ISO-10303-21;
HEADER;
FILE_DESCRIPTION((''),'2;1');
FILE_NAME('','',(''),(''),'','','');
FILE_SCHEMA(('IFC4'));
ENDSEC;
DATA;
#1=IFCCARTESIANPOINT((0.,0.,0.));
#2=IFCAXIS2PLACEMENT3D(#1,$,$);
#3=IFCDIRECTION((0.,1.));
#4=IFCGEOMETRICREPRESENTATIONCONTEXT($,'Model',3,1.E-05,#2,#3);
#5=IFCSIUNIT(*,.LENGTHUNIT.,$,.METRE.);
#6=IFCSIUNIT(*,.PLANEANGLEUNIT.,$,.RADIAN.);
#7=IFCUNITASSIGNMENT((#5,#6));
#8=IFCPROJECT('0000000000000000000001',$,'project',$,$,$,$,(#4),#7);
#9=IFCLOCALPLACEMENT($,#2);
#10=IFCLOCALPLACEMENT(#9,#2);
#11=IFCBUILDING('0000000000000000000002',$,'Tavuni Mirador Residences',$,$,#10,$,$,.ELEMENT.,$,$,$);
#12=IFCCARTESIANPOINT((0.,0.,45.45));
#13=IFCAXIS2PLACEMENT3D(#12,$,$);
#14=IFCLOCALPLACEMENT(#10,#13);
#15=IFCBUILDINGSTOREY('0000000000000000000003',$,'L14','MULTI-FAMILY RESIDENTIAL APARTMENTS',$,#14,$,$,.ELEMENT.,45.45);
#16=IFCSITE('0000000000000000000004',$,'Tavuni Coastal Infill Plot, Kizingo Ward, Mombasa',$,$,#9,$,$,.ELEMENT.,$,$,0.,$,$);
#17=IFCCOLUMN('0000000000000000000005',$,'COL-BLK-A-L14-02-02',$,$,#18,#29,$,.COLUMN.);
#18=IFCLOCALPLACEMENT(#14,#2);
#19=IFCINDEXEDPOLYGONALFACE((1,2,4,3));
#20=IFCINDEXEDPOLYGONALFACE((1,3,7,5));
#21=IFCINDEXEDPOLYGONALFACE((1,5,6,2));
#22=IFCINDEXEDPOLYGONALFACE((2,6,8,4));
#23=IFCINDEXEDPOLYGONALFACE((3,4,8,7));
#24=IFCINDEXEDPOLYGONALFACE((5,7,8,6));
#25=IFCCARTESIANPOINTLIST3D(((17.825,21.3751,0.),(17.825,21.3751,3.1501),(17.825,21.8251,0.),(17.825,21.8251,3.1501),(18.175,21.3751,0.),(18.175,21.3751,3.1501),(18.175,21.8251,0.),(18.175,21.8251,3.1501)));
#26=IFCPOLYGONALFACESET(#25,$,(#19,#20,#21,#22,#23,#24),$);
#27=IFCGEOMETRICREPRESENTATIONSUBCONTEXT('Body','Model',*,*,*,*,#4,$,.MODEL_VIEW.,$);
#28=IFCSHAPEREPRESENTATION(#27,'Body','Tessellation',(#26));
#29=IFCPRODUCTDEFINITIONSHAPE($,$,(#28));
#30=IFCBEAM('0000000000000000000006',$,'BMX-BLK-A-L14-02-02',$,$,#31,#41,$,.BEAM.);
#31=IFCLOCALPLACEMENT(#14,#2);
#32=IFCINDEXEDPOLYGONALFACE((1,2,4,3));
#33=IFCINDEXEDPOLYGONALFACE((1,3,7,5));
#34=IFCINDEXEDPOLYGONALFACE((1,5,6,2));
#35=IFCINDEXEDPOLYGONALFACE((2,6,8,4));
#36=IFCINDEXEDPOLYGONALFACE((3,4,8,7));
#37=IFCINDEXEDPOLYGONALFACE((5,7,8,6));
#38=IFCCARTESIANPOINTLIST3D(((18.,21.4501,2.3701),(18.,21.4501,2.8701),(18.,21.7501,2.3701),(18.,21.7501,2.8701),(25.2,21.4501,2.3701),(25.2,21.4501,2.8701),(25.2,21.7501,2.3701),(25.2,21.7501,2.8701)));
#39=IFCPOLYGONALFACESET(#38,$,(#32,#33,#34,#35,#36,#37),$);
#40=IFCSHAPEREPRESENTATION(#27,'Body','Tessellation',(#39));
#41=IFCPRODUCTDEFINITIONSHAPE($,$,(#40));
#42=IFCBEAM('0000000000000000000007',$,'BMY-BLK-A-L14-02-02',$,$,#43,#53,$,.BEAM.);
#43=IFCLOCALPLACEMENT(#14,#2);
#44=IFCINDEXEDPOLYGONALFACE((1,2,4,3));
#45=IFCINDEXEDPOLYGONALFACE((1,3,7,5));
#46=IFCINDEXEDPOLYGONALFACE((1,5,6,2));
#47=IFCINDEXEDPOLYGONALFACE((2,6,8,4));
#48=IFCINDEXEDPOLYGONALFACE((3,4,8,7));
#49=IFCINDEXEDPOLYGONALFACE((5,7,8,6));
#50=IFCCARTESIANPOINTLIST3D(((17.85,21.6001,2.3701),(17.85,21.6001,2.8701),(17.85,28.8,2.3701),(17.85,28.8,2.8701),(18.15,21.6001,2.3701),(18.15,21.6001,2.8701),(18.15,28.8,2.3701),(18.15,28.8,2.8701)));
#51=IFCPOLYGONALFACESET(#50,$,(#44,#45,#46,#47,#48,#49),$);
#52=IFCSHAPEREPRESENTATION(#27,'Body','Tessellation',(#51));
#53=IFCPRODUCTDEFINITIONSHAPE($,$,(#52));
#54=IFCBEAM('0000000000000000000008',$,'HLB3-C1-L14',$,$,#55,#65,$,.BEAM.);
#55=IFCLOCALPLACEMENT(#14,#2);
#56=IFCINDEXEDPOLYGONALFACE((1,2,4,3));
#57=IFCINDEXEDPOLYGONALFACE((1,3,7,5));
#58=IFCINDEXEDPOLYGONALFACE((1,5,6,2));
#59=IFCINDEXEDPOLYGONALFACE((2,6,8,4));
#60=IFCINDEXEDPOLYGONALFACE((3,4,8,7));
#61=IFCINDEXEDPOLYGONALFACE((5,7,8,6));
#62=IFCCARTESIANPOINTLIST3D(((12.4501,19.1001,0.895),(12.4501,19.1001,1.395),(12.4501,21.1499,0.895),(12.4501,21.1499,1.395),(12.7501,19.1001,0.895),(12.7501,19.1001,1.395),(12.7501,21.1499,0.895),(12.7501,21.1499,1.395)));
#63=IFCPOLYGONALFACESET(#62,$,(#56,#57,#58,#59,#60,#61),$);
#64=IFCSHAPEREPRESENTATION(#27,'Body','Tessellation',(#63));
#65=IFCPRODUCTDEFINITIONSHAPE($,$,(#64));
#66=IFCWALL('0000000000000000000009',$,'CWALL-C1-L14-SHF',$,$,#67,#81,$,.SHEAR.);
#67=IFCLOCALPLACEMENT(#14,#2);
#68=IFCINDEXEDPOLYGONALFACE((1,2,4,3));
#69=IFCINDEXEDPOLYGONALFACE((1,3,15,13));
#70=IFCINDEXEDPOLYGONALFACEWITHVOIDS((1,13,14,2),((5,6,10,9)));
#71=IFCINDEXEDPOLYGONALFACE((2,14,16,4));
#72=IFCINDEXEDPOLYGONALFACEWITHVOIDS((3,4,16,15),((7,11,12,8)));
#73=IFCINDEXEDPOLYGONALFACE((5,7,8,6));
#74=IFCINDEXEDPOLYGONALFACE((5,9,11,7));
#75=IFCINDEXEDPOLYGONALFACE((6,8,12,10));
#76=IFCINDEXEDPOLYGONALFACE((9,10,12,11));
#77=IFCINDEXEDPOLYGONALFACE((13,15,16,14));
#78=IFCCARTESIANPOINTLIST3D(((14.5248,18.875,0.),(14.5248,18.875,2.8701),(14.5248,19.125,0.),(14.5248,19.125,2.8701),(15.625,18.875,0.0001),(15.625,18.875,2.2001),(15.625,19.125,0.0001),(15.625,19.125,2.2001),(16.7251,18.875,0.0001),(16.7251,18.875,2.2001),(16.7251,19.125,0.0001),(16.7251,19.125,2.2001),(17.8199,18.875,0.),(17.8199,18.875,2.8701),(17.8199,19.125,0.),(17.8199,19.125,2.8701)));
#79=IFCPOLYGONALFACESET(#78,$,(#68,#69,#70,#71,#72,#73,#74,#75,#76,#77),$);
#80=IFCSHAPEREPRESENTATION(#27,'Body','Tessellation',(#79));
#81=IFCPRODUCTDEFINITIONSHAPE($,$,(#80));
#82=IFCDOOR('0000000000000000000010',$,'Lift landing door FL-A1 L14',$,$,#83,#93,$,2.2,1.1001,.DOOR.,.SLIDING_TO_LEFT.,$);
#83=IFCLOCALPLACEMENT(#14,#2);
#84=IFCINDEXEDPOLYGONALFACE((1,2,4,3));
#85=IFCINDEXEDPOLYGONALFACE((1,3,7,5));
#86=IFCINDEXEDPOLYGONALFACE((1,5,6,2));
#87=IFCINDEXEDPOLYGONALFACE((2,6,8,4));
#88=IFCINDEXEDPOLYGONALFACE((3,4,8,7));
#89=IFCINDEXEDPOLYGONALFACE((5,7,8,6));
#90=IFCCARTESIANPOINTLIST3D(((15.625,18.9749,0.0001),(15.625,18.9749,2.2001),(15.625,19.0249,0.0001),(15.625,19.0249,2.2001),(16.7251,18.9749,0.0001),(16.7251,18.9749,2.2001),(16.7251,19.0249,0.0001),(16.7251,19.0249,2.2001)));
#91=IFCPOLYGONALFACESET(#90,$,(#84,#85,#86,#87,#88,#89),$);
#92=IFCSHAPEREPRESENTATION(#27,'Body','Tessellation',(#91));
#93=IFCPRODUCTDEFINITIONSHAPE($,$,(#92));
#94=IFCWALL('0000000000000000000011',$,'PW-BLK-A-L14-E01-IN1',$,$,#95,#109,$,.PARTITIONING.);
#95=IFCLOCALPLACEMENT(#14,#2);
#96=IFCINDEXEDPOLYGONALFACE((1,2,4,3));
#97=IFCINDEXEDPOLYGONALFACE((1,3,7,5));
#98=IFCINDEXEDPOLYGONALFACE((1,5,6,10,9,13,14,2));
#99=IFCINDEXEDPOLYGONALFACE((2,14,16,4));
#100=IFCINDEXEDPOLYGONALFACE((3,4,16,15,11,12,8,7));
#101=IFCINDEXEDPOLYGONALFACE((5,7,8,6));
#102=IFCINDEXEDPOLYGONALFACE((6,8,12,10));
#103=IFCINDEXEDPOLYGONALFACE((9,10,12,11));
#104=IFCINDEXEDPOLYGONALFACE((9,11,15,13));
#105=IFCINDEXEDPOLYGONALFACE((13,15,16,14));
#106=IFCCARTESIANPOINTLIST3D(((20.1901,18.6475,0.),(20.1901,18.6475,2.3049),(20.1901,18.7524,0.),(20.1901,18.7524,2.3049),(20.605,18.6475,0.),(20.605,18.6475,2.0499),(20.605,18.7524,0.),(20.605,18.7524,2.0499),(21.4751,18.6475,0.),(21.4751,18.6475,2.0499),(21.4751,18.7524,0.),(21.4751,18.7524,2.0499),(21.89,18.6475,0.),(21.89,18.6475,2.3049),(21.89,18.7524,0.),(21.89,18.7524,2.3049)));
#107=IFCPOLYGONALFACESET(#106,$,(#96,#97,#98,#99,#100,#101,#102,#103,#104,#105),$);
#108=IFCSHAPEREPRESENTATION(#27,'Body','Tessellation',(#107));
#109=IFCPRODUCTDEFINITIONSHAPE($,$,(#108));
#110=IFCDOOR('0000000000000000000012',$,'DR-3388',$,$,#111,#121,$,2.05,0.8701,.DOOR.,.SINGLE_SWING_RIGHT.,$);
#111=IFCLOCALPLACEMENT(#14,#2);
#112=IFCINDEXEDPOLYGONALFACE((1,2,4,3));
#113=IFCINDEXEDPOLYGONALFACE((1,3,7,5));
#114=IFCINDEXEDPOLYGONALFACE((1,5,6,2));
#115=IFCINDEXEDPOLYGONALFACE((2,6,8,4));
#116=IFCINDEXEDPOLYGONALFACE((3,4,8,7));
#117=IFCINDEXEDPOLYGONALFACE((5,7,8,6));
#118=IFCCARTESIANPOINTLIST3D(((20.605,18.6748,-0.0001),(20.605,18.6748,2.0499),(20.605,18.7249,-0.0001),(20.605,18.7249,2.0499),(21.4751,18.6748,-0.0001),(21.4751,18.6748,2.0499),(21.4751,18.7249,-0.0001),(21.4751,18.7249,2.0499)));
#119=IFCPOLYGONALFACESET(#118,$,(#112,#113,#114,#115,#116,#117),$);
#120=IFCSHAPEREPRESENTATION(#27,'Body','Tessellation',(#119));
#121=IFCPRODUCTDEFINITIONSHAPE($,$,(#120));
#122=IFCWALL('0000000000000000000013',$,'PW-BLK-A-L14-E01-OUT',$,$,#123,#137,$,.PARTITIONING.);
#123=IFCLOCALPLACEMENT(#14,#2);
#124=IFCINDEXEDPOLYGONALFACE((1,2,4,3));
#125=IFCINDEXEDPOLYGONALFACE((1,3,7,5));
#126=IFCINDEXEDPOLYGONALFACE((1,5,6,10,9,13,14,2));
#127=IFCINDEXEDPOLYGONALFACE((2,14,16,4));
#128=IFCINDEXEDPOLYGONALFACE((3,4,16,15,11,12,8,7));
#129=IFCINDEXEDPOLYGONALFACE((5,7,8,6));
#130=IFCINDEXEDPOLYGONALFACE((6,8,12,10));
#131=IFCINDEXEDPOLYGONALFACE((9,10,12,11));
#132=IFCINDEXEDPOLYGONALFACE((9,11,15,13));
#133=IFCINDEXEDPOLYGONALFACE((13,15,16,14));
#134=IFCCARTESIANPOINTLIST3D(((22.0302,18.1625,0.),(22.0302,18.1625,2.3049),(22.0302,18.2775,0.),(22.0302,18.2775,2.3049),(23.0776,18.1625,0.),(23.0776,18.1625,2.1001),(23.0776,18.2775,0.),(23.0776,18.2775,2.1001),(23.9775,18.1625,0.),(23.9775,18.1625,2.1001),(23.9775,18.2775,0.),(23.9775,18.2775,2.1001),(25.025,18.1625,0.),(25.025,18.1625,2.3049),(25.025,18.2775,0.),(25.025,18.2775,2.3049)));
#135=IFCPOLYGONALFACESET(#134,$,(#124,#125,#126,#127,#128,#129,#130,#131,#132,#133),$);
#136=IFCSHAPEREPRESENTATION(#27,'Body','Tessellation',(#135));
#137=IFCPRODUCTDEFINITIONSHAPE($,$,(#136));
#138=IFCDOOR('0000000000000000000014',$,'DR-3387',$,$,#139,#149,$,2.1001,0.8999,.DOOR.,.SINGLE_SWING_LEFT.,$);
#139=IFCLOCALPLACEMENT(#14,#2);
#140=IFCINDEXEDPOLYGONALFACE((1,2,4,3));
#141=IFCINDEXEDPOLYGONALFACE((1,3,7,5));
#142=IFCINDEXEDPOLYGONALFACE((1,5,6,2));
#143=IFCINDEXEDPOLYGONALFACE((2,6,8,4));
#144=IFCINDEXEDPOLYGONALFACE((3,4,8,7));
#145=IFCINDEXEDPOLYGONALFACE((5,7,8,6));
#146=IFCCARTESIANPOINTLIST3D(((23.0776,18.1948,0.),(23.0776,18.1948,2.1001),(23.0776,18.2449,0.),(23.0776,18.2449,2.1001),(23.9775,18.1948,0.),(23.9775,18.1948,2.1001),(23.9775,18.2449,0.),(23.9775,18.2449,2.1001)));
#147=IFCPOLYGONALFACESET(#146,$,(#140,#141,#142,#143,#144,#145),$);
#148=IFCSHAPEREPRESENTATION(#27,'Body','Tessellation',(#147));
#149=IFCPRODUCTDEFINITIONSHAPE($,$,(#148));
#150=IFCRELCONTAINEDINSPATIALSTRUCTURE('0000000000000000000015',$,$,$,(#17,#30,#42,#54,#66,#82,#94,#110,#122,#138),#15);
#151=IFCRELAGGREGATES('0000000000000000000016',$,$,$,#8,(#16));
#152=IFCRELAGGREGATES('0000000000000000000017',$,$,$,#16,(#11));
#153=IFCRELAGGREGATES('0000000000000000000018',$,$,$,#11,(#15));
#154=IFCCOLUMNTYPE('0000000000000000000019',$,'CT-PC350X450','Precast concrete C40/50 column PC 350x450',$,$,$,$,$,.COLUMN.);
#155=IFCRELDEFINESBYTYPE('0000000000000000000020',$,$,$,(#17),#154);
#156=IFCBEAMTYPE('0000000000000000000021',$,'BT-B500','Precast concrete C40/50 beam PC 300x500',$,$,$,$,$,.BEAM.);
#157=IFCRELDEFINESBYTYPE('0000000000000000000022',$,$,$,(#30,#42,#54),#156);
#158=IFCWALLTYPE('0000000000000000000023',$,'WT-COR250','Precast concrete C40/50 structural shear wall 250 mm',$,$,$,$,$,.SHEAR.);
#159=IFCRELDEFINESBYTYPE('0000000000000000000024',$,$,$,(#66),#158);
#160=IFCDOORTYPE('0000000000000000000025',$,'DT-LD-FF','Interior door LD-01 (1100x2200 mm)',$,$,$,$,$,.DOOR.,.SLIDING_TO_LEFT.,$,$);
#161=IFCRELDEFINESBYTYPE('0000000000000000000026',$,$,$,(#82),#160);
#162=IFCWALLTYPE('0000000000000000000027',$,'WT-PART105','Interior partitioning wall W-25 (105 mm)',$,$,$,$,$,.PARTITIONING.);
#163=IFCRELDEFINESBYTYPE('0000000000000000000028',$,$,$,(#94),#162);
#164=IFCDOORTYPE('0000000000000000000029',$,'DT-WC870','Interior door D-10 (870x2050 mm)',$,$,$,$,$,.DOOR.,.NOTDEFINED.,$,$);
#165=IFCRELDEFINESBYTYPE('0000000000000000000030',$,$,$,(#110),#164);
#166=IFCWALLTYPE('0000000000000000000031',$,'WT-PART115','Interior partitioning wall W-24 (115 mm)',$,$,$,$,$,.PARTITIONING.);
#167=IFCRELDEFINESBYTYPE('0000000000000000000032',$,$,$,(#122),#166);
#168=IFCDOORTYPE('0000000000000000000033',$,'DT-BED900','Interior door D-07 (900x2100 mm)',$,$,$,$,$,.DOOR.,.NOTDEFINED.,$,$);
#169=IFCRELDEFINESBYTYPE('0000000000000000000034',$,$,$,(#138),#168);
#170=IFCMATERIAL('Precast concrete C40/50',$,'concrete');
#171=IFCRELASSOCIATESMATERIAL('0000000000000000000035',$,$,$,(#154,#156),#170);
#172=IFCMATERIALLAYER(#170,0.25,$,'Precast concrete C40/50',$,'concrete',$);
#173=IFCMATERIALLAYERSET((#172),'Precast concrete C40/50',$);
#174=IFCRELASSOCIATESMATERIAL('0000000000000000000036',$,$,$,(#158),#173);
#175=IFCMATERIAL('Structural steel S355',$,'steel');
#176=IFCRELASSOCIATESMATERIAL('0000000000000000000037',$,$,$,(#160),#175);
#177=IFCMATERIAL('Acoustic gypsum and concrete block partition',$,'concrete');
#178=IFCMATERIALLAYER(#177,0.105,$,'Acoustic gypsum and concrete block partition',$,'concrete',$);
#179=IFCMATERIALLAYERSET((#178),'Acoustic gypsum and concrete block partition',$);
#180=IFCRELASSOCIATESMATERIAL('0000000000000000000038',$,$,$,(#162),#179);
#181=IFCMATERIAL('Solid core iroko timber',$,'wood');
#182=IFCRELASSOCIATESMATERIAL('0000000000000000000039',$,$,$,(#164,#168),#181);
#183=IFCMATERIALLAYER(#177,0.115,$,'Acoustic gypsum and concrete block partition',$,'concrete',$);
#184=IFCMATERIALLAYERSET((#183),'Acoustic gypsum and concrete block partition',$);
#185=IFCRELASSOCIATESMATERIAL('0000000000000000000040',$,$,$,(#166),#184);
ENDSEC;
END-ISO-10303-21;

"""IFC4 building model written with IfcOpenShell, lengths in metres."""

from ifc_helpers import new_model, si_unit, direction, frame, frame_2d, origin, origin_2d, place, context, subcontext, project, spatial, rectangle, extrude, material, layer, layer_set, material_profile, profile_set, type_object, element, fill, save


model = new_model("IFC4")

# Units and contexts
model_context = context("Model", 3, precision=1e-05, world=origin(), true_north=direction((0.0, 1.0)))
body_context = subcontext(model_context, "Body", "Model", "MODEL_VIEW")
ifc_project = project(units=[si_unit("LENGTHUNIT", "METRE"), si_unit("PLANEANGLEUNIT", "RADIAN")], contexts=[model_context])

# Site, building, storey
site_placement = place(None, origin())
site = spatial("IfcSite", under=ifc_project, at=site_placement, Name="Tavuni Coastal Infill Plot, Kizingo Ward, Mombasa", CompositionType="ELEMENT", RefElevation=0.0)
building_placement = place(site_placement, origin())
building = spatial("IfcBuilding", under=site, at=building_placement, Name="Tavuni Mirador Residences", CompositionType="ELEMENT")
storey_placement = place(building_placement, frame((0.0, 0.0, 45.45)))
storey = spatial("IfcBuildingStorey", under=building, at=storey_placement, Name="L14", Description="MULTI-FAMILY RESIDENTIAL APARTMENTS", CompositionType="ELEMENT", Elevation=45.45)

# Column
ifc_material_1 = material(Name="Precast concrete C40/50", Category="concrete")
ifc_material_profile_1 = material_profile(ifc_material_1, rectangle(XDim=0.3501, YDim=0.45, at=origin_2d()), Name="PC 350x450", Category="concrete")
ifc_profile_set_1 = profile_set([ifc_material_profile_1], Name="Precast concrete C40/50")
column_type = type_object("IfcColumnType", Name="CT-PC350X450", Description="Precast concrete C40/50 column PC 350x450", PredefinedType="COLUMN", material=ifc_profile_set_1)
column_placement = place(storey_placement, frame((18.0, 21.6001, 0.0), z_axis=(0.0, 0.0, 1.0), x_axis=(1.0, 0.0, 0.0)))
element("IfcColumn", 1, at=column_placement, inside=storey, type_object=column_type, Name="COL-BLK-A-L14-02-02", PredefinedType="COLUMN", context=body_context, shape_type="SweptSolid", body=[
    extrude(rectangle(XDim=0.3501, YDim=0.45, at=origin_2d()), origin(), (0.0, 0.0, 1.0), 3.1501),
])

# Beams
ifc_material_profile_2 = material_profile(ifc_material_1, rectangle(XDim=0.3, YDim=0.5, at=origin_2d()), Name="PC 300x500", Category="concrete")
ifc_profile_set_2 = profile_set([ifc_material_profile_2], Name="Precast concrete C40/50")
beam_type = type_object("IfcBeamType", Name="BT-B500", Description="Precast concrete C40/50 beam PC 300x500", PredefinedType="BEAM", material=ifc_profile_set_2)
for number, where, z_axis, x_axis, name in (
    (2, (18.0, 21.6001, 2.6201), (1.0, 0.0, 0.0), (0.0, 1.0, 0.0), "BMX-BLK-A-L14-02-02"),
    (3, (18.0, 21.6001, 2.6201), (0.0, 1.0, 0.0), (-1.0, 0.0, 0.0), "BMY-BLK-A-L14-02-02"),
):
    element("IfcBeam", number, at=place(storey_placement, frame(where, z_axis=z_axis, x_axis=x_axis)), inside=storey, type_object=beam_type, Name=name, PredefinedType="BEAM", context=body_context, shape_type="SweptSolid", body=[
        extrude(rectangle(XDim=0.3, YDim=0.5, at=origin_2d()), origin(), (0.0, 0.0, 1.0), 7.2),
    ])
beam_placement = place(storey_placement, frame((12.6001, 19.1001, 1.145), z_axis=(0.0, 1.0, 0.0), x_axis=(-1.0, 0.0, 0.0)))
element("IfcBeam", 4, at=beam_placement, inside=storey, type_object=beam_type, Name="HLB3-C1-L14", PredefinedType="BEAM", context=body_context, shape_type="SweptSolid", body=[
    extrude(rectangle(XDim=0.3, YDim=0.5, at=origin_2d()), origin(), (0.0, 0.0, 1.0), 2.0498),
])

# Walls, openings, doors
ifc_layer_1 = layer(ifc_material_1, 0.25, Name="Precast concrete C40/50", Category="concrete")
ifc_layer_set_1 = layer_set([ifc_layer_1], Name="Precast concrete C40/50")
wall_type_1 = type_object("IfcWallType", Name="WT-COR250", Description="Precast concrete C40/50 structural shear wall 250 mm", PredefinedType="SHEAR", material=ifc_layer_set_1)
ifc_material_2 = material(Name="Solid core iroko timber", Category="wood")
wall_1_placement = place(storey_placement, frame((14.5249, 19.0, 0.0), z_axis=(0.0, 0.0, 1.0), x_axis=(1.0, 0.0, 0.0)))
wall_1 = element("IfcWall", 5, at=wall_1_placement, inside=storey, type_object=wall_type_1, Name="CWALL-C1-L14-SHF", PredefinedType="SHEAR", context=body_context, shape_type="SweptSolid", body=[
    extrude(rectangle(XDim=3.2952, YDim=0.25, at=frame_2d((1.6475, 0.0))), origin(), (0.0, 0.0, 1.0), 2.8701),
])
opening_1_placement = place(wall_1_placement, frame((1.1001, 0.0, 0.0)))
opening_1 = element("IfcOpeningElement", 6, at=opening_1_placement, cuts=wall_1, PredefinedType="OPENING", context=body_context, shape_type="SweptSolid", body=[
    extrude(rectangle(XDim=1.1001, YDim=2.2, at=frame_2d((0.55, 1.1001))), frame((0.0, 0.135, 0.0), z_axis=(0.0, -1.0, 0.0), x_axis=(1.0, 0.0, 0.0)), (0.0, 0.0, 1.0), 0.27),
])
ifc_material_3 = material(Name="Structural steel S355", Category="steel")
door_type_1 = type_object("IfcDoorType", Name="DT-LD-FF", Description="Interior door LD-01 (1100x2200 mm)", OperationType="SLIDING_TO_LEFT", PredefinedType="DOOR", material=ifc_material_3)
door_1_placement = place(opening_1_placement, origin())
door_1 = element("IfcDoor", 7, at=door_1_placement, inside=storey, type_object=door_type_1, Name="Lift landing door FL-A1 L14", OperationType="SLIDING_TO_LEFT", OverallHeight=2.2, OverallWidth=1.1001, PredefinedType="DOOR", context=body_context, shape_type="SweptSolid", body=[
    extrude(rectangle(XDim=1.1001, YDim=2.2, at=frame_2d((0.55, 1.1001))), frame((0.0, 0.0249, 0.0), z_axis=(0.0, -1.0, 0.0), x_axis=(1.0, 0.0, 0.0)), (0.0, 0.0, 1.0), 0.05),
])
fill(opening_1, door_1)
ifc_material_4 = material(Name="Acoustic gypsum and concrete block partition", Category="concrete")
ifc_layer_2 = layer(ifc_material_4, 0.105, Name="Acoustic gypsum and concrete block partition", Category="concrete")
ifc_layer_set_2 = layer_set([ifc_layer_2], Name="Acoustic gypsum and concrete block partition")
wall_type_2 = type_object("IfcWallType", Name="WT-PART105", Description="Interior partitioning wall W-25 (105 mm)", PredefinedType="PARTITIONING", material=ifc_layer_set_2)
wall_2_placement = place(storey_placement, frame((20.1899, 18.7, 0.0), z_axis=(0.0, 0.0, 1.0), x_axis=(1.0, 0.0, 0.0)))
wall_2 = element("IfcWall", 8, at=wall_2_placement, inside=storey, type_object=wall_type_2, Name="PW-BLK-A-L14-E01-IN1", PredefinedType="PARTITIONING", context=body_context, shape_type="SweptSolid", body=[
    extrude(rectangle(XDim=1.7, YDim=0.105, at=frame_2d((0.8501, 0.0))), origin(), (0.0, 0.0, 1.0), 2.3049),
])
opening_2_placement = place(wall_2_placement, frame((0.415, 0.0, 0.0)))
opening_2 = element("IfcOpeningElement", 9, at=opening_2_placement, cuts=wall_2, PredefinedType="OPENING", context=body_context, shape_type="SweptSolid", body=[
    extrude(rectangle(XDim=0.8701, YDim=2.05, at=frame_2d((0.4351, 1.0249))), frame((0.0, 0.0625, 0.0), z_axis=(0.0, -1.0, 0.0), x_axis=(1.0, 0.0, 0.0)), (0.0, 0.0, 1.0), 0.125),
])
door_type_2 = type_object("IfcDoorType", Name="DT-WC870", Description="Interior door D-10 (870x2050 mm)", OperationType="NOTDEFINED", PredefinedType="DOOR", material=ifc_material_2)
door_2_placement = place(opening_2_placement, origin())
door_2 = element("IfcDoor", 10, at=door_2_placement, inside=storey, type_object=door_type_2, Name="DR-3388", OperationType="SINGLE_SWING_RIGHT", OverallHeight=2.05, OverallWidth=0.8701, PredefinedType="DOOR", context=body_context, shape_type="SweptSolid", body=[
    extrude(rectangle(XDim=0.8701, YDim=2.05, at=frame_2d((0.4351, 1.0249))), frame((0.0, 0.0249, 0.0), z_axis=(0.0, -1.0, 0.0), x_axis=(1.0, 0.0, 0.0)), (0.0, 0.0, 1.0), 0.05),
])
fill(opening_2, door_2)
ifc_layer_3 = layer(ifc_material_4, 0.115, Name="Acoustic gypsum and concrete block partition", Category="concrete")
ifc_layer_set_3 = layer_set([ifc_layer_3], Name="Acoustic gypsum and concrete block partition")
wall_type_3 = type_object("IfcWallType", Name="WT-PART115", Description="Interior partitioning wall W-24 (115 mm)", PredefinedType="PARTITIONING", material=ifc_layer_set_3)
wall_3_placement = place(storey_placement, frame((22.03, 18.22, 0.0), z_axis=(0.0, 0.0, 1.0), x_axis=(1.0, 0.0, 0.0)))
wall_3 = element("IfcWall", 11, at=wall_3_placement, inside=storey, type_object=wall_type_3, Name="PW-BLK-A-L14-E01-OUT", PredefinedType="PARTITIONING", context=body_context, shape_type="SweptSolid", body=[
    extrude(rectangle(XDim=2.9949, YDim=0.115, at=frame_2d((1.4976, 0.0))), origin(), (0.0, 0.0, 1.0), 2.3049),
])
opening_3_placement = place(wall_3_placement, frame((1.0476, 0.0, 0.0)))
opening_3 = element("IfcOpeningElement", 12, at=opening_3_placement, cuts=wall_3, PredefinedType="OPENING", context=body_context, shape_type="SweptSolid", body=[
    extrude(rectangle(XDim=0.8999, YDim=2.1001, at=frame_2d((0.45, 1.05))), frame((0.0, 0.0674, 0.0), z_axis=(0.0, -1.0, 0.0), x_axis=(1.0, 0.0, 0.0)), (0.0, 0.0, 1.0), 0.135),
])
door_type_3 = type_object("IfcDoorType", Name="DT-BED900", Description="Interior door D-07 (900x2100 mm)", OperationType="NOTDEFINED", PredefinedType="DOOR", material=ifc_material_2)
door_3_placement = place(opening_3_placement, origin())
door_3 = element("IfcDoor", 13, at=door_3_placement, inside=storey, type_object=door_type_3, Name="DR-3387", OperationType="SINGLE_SWING_LEFT", OverallHeight=2.1001, OverallWidth=0.8999, PredefinedType="DOOR", context=body_context, shape_type="SweptSolid", body=[
    extrude(rectangle(XDim=0.8999, YDim=2.1001, at=frame_2d((0.45, 1.05))), frame((0.0, 0.0249, 0.0), z_axis=(0.0, -1.0, 0.0), x_axis=(1.0, 0.0, 0.0)), (0.0, 0.0, 1.0), 0.05),
])
fill(opening_3, door_3)

save(model, "model.ifc")
